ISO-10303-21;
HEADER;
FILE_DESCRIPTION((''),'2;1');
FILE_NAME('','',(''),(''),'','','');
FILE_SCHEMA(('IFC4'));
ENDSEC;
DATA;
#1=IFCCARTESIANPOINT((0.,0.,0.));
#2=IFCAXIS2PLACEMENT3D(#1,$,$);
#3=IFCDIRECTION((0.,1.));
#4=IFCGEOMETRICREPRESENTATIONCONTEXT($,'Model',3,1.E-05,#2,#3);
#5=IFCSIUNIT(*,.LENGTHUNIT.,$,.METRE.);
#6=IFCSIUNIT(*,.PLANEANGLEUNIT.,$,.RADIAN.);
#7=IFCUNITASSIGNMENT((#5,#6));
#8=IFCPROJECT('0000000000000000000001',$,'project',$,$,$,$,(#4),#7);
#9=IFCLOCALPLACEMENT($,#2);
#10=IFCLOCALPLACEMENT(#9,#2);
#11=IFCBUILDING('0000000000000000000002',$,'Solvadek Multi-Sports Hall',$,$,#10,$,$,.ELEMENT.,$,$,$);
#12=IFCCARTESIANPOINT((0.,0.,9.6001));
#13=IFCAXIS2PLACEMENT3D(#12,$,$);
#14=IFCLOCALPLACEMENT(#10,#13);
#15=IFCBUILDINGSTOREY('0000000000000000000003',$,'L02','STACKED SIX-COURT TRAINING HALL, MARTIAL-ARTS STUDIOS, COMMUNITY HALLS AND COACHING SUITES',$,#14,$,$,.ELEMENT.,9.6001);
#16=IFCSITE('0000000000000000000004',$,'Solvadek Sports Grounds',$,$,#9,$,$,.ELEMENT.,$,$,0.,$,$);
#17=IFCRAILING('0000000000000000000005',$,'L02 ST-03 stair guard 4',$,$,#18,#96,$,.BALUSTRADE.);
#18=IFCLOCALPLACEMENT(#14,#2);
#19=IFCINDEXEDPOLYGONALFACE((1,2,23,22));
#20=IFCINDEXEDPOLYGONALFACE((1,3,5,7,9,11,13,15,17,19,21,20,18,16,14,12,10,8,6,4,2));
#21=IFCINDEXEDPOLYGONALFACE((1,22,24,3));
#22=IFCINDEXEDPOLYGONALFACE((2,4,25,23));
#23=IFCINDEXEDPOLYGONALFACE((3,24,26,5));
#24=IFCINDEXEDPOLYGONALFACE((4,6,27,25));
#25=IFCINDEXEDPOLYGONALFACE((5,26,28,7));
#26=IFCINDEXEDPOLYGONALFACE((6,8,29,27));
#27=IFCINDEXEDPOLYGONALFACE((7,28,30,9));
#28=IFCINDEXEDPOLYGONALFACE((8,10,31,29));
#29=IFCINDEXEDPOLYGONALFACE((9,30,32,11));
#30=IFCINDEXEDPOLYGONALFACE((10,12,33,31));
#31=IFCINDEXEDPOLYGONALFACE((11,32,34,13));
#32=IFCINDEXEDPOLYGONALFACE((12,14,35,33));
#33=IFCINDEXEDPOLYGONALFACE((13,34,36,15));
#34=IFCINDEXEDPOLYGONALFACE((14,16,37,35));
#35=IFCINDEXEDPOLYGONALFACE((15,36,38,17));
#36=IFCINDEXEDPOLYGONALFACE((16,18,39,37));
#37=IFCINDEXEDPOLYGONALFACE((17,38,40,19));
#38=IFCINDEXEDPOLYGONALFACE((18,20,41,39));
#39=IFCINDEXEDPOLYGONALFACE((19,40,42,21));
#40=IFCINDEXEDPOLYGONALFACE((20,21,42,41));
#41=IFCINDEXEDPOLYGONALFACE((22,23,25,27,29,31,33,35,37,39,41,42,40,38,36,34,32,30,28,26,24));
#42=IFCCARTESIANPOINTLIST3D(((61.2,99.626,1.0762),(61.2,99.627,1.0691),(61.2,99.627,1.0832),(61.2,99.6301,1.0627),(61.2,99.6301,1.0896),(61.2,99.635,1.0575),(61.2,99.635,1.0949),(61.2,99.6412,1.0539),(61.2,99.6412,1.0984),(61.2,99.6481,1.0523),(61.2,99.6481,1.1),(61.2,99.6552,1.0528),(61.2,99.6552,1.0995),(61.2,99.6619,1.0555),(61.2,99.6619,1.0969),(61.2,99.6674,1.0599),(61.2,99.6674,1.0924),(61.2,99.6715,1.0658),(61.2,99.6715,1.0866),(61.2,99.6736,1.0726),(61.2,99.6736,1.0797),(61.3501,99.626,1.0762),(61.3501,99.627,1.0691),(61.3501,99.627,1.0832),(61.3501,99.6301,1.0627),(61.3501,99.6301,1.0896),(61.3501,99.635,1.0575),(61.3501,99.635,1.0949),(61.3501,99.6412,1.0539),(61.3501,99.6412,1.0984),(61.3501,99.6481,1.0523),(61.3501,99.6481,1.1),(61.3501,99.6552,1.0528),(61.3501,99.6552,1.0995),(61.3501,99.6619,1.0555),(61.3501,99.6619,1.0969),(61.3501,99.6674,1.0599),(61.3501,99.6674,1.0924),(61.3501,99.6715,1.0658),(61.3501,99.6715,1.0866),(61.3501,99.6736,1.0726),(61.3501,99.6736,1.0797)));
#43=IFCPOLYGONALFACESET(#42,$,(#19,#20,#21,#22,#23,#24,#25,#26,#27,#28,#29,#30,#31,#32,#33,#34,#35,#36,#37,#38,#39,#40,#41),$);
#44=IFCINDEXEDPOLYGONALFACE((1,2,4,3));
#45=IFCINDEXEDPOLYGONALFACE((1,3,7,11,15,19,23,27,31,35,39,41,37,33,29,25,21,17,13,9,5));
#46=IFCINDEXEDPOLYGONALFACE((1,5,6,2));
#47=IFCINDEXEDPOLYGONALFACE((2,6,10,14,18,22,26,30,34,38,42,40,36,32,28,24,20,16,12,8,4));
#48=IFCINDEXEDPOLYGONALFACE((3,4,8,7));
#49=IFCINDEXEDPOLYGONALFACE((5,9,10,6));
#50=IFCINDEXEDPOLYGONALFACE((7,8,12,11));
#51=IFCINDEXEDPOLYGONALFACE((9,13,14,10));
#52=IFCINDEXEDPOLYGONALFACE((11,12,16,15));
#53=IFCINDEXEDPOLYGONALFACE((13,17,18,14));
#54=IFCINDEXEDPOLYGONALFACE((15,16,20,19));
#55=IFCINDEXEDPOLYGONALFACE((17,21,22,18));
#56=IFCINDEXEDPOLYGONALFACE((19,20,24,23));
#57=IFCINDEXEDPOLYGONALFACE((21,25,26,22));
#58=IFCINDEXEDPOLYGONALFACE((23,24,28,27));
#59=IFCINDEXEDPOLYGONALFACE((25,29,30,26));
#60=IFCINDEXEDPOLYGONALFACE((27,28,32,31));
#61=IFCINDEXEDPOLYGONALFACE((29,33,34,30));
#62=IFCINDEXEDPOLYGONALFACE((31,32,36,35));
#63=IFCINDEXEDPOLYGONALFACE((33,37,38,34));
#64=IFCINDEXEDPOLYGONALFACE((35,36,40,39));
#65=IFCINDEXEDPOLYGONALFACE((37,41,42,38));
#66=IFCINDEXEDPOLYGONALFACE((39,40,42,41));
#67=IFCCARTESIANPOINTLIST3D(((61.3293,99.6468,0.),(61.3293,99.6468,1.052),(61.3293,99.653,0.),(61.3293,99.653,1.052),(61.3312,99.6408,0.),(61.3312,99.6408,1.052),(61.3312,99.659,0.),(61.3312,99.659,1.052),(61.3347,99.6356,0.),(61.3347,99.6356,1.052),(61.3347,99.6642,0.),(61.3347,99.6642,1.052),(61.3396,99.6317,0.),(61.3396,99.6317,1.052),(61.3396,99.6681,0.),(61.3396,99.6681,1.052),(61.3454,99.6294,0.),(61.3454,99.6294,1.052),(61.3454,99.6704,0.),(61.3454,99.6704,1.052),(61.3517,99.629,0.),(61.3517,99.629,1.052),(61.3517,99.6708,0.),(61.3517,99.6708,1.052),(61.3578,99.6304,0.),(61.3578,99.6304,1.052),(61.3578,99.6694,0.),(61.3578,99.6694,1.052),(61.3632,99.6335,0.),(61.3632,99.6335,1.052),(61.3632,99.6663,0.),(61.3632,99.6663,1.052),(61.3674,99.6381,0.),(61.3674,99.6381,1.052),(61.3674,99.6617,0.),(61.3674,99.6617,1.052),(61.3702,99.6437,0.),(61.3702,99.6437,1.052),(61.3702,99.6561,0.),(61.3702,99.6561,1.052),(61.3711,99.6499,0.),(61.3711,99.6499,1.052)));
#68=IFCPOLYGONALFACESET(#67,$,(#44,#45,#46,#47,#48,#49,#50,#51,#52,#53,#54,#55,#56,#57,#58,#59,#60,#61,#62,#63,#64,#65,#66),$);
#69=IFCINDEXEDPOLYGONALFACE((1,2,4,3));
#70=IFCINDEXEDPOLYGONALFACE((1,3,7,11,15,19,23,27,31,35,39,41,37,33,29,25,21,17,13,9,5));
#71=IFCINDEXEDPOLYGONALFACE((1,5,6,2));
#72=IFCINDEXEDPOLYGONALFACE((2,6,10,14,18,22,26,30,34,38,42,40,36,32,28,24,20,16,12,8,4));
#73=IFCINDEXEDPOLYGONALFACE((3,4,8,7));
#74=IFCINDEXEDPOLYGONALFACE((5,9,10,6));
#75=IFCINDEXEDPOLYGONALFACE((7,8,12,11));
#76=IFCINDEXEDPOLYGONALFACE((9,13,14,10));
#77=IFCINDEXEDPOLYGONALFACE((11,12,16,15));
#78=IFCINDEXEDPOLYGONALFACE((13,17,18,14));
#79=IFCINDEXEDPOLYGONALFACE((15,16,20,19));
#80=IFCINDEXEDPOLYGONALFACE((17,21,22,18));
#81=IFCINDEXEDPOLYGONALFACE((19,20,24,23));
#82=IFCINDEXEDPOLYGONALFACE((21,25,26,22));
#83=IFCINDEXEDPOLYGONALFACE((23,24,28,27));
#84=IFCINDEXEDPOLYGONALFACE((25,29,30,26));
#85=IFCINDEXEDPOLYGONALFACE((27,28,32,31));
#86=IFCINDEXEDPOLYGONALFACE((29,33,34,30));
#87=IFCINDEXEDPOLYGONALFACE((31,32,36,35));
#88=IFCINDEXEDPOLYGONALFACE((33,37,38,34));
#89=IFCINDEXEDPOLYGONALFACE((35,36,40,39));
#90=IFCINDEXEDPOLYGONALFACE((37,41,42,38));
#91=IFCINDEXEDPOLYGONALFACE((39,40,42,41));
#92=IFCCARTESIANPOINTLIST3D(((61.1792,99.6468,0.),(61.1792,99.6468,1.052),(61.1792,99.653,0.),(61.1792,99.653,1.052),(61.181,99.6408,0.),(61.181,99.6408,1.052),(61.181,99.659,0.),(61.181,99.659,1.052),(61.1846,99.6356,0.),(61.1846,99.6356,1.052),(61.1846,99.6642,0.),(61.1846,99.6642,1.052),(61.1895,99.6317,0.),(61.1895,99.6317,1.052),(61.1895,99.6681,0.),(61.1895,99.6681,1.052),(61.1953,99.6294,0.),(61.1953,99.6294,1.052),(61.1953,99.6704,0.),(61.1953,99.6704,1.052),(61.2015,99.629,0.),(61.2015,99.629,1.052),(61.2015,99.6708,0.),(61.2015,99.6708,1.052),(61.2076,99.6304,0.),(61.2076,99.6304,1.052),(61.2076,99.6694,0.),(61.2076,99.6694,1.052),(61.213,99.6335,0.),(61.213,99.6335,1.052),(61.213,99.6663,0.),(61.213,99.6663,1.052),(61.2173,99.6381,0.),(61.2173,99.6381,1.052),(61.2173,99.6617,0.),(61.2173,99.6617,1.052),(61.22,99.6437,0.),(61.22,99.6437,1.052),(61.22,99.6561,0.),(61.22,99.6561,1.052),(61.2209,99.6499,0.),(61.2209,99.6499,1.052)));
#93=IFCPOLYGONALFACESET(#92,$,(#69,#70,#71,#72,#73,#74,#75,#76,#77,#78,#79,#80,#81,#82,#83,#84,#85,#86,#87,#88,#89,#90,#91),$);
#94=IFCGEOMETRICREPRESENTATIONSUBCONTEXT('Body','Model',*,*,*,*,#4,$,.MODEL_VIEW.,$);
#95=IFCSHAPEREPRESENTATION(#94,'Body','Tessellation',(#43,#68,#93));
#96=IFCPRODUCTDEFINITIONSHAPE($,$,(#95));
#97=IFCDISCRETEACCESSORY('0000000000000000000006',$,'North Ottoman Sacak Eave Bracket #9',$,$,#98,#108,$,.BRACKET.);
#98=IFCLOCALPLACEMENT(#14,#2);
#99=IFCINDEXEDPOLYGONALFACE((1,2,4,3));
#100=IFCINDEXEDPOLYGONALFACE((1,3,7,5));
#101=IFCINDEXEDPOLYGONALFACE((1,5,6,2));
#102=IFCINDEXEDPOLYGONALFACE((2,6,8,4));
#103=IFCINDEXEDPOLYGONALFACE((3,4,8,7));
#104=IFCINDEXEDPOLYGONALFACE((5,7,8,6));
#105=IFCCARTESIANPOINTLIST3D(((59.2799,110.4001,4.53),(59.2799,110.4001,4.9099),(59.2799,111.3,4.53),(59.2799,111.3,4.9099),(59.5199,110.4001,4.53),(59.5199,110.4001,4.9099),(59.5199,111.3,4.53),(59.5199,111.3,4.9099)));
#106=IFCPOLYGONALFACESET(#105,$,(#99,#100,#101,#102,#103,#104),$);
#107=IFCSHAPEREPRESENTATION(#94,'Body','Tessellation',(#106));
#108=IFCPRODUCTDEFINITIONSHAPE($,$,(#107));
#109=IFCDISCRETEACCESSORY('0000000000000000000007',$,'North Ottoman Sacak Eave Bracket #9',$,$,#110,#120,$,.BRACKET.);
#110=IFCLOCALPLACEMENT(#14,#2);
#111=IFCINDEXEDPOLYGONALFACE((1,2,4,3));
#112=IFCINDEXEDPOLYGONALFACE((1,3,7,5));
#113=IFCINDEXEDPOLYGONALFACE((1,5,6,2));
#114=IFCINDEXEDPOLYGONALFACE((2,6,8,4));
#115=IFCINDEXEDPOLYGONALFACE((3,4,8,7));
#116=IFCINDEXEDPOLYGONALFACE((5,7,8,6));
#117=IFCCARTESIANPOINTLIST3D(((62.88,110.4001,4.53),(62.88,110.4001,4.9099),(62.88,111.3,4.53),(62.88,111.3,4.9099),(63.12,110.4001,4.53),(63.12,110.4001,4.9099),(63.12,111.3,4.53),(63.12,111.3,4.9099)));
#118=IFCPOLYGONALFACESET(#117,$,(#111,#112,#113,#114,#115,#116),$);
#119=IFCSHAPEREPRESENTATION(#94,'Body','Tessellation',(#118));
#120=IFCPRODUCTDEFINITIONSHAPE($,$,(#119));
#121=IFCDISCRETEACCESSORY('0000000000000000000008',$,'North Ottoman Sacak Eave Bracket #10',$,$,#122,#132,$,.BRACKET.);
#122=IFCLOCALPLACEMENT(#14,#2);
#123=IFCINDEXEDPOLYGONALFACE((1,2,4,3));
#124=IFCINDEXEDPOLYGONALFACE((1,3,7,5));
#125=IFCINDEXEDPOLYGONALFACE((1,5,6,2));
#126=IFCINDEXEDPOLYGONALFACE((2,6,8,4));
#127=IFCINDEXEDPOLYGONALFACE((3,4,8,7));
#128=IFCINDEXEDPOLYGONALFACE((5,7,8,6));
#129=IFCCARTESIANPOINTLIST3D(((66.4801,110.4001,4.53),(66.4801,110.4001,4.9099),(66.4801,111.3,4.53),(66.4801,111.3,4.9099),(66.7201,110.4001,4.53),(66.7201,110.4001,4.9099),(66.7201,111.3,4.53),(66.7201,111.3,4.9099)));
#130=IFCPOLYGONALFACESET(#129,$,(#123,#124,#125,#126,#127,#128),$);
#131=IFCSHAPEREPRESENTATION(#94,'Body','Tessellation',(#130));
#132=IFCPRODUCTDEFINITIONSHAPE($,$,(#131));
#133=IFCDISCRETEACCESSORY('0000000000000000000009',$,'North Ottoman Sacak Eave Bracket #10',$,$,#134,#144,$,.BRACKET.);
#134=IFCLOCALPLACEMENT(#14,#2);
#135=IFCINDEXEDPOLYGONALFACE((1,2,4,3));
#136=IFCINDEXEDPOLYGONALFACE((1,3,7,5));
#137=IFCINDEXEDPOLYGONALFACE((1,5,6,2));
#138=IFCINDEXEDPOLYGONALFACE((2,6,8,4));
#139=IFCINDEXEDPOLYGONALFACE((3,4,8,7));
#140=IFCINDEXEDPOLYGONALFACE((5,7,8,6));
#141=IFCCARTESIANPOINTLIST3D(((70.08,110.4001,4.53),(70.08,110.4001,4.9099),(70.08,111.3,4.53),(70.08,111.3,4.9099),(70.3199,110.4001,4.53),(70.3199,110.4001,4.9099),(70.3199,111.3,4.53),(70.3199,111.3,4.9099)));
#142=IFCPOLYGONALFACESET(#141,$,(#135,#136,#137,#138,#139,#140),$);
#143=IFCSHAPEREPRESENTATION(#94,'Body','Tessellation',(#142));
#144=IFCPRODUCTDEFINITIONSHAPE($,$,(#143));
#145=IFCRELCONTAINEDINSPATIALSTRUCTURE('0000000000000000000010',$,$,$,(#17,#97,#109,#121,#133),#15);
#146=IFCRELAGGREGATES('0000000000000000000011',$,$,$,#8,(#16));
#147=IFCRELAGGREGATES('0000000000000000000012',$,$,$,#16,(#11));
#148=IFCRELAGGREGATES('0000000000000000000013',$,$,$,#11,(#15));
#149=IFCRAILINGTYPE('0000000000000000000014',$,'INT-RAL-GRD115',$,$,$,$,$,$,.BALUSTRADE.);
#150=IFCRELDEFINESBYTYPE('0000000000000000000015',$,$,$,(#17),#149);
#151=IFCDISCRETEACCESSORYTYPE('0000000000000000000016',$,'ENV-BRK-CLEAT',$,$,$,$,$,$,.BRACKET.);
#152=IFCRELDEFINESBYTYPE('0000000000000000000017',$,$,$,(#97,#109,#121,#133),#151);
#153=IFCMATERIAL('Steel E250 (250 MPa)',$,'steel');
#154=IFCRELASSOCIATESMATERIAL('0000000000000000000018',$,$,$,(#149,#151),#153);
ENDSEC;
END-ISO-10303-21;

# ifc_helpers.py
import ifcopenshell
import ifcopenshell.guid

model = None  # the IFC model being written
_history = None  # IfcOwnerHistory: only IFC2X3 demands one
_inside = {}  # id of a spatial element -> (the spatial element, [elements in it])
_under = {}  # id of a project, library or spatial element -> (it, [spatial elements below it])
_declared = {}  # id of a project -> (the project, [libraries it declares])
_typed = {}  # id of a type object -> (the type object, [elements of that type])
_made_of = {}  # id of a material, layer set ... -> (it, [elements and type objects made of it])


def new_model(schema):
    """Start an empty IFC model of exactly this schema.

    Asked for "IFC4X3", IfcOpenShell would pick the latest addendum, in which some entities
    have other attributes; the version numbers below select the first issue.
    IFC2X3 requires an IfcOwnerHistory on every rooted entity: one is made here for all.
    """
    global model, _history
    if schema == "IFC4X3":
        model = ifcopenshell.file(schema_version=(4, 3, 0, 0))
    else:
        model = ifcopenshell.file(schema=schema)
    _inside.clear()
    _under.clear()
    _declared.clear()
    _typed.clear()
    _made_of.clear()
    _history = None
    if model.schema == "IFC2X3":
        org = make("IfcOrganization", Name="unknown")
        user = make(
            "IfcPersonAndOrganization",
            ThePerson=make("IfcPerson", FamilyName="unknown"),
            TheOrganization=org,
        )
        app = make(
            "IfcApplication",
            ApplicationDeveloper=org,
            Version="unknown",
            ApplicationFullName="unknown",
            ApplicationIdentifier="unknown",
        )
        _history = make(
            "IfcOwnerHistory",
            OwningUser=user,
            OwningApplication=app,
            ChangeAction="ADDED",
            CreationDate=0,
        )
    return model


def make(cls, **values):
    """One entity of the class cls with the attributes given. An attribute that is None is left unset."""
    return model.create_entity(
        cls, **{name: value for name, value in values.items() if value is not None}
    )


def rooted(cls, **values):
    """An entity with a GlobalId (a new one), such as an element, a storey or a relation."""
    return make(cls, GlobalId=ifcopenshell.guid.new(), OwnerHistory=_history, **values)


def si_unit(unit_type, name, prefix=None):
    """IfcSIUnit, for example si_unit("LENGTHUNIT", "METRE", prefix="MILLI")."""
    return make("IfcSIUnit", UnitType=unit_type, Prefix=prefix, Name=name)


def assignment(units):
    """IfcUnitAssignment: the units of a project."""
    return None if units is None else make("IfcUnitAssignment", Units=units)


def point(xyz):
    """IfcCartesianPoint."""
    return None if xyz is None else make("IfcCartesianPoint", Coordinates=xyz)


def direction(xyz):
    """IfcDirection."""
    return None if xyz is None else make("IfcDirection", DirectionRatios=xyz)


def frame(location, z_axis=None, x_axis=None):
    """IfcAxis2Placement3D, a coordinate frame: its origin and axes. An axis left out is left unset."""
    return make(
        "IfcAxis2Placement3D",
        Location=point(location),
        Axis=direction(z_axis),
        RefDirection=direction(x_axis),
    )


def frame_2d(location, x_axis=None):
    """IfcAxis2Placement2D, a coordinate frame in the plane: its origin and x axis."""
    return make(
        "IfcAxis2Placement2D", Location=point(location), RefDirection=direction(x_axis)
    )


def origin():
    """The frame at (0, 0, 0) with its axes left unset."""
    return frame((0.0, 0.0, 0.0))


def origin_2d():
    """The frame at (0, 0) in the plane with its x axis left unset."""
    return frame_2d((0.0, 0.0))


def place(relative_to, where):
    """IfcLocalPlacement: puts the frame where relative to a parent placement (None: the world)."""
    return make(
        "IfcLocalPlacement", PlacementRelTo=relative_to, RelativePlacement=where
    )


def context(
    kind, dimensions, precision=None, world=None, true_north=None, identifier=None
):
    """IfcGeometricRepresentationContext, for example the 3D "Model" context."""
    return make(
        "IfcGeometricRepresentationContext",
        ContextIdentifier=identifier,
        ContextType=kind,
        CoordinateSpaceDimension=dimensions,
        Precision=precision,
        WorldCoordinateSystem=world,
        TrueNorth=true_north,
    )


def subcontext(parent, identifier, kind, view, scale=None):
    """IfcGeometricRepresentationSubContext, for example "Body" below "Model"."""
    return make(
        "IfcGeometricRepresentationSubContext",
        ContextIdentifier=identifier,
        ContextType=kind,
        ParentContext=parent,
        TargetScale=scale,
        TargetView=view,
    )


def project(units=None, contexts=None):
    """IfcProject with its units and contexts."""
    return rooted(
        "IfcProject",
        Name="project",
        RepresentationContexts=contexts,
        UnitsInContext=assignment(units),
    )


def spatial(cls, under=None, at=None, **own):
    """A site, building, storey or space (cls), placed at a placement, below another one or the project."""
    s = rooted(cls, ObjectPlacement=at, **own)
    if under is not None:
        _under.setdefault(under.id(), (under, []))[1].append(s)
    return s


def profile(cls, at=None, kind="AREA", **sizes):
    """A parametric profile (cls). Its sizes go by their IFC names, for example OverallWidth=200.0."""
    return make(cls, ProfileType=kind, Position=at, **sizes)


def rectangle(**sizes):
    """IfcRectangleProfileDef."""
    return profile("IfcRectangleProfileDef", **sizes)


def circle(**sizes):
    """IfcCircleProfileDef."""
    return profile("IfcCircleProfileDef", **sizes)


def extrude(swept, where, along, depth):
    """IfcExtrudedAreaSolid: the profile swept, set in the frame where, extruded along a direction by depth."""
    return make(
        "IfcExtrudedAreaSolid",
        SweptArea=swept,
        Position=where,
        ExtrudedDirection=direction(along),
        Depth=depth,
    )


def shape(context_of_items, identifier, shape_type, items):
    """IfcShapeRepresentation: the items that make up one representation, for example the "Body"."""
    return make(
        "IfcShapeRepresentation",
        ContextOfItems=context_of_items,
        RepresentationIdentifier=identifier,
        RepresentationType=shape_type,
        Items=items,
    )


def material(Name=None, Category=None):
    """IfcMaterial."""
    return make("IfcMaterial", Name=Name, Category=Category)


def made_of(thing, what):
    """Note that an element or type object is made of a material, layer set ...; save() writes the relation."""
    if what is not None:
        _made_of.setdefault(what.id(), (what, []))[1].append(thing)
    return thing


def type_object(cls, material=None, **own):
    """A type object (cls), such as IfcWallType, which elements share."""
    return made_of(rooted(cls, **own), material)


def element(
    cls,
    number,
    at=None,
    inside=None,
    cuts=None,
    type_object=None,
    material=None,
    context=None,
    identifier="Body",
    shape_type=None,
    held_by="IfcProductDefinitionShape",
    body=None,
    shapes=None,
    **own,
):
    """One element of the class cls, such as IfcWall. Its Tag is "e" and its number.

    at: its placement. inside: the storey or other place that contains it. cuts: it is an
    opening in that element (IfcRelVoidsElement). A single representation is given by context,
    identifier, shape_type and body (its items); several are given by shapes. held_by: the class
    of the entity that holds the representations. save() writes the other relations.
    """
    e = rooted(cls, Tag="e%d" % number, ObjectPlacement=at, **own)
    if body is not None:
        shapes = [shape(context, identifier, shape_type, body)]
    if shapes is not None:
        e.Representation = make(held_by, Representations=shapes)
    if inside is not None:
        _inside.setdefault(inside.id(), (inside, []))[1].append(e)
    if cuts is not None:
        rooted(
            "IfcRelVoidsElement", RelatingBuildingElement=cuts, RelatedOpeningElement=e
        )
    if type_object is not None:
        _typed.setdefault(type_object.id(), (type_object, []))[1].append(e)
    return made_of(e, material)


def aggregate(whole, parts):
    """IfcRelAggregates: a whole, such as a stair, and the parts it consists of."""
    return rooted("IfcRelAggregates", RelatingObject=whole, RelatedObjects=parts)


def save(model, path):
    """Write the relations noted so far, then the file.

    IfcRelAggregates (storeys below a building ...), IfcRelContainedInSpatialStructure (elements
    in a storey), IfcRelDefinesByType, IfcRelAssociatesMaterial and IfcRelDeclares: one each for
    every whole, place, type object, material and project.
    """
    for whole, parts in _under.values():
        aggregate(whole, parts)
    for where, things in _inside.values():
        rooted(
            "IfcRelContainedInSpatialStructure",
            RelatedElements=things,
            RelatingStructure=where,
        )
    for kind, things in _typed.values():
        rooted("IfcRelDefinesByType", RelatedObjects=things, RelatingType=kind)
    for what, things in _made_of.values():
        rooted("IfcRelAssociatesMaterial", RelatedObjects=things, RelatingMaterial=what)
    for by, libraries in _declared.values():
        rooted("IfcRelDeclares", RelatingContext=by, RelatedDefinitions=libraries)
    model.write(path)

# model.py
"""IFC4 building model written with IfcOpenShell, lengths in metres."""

from ifc_helpers import new_model, si_unit, direction, frame, origin, origin_2d, place, context, subcontext, project, spatial, rectangle, circle, extrude, material, type_object, element, save


model = new_model("IFC4")

# Units and contexts
model_context = context("Model", 3, precision=1e-05, world=origin(), true_north=direction((0.0, 1.0)))
body_context = subcontext(model_context, "Body", "Model", "MODEL_VIEW")
ifc_project = project(units=[si_unit("LENGTHUNIT", "METRE"), si_unit("PLANEANGLEUNIT", "RADIAN")], contexts=[model_context])

# Site, building, storey
site_placement = place(None, origin())
site = spatial("IfcSite", under=ifc_project, at=site_placement, Name="Solvadek Sports Grounds", CompositionType="ELEMENT", RefElevation=0.0)
building_placement = place(site_placement, origin())
building = spatial("IfcBuilding", under=site, at=building_placement, Name="Solvadek Multi-Sports Hall", CompositionType="ELEMENT")
storey_placement = place(building_placement, frame((0.0, 0.0, 9.6001)))
storey = spatial("IfcBuildingStorey", under=building, at=storey_placement, Name="L02", Description="STACKED SIX-COURT TRAINING HALL, MARTIAL-ARTS STUDIOS, COMMUNITY HALLS AND COACHING SUITES", CompositionType="ELEMENT", Elevation=9.6001)

# Shared definitions
ifc_material_1 = material(Name="Steel E250 (250 MPa)", Category="steel")

# Railing
railing_type_1 = type_object("IfcRailingType", Name="INT-RAL-GRD115", PredefinedType="BALUSTRADE", material=ifc_material_1)
railing_1_placement = place(storey_placement, frame((61.3501, 99.6499, 0.0)))
element("IfcRailing", 1, at=railing_1_placement, inside=storey, type_object=railing_type_1, Name="L02 ST-03 stair guard 4", PredefinedType="BALUSTRADE", context=body_context, shape_type="SweptSolid", body=[
    extrude(circle(Radius=0.0239, at=origin_2d()), frame((0.0, 0.0, 1.0762), z_axis=(-1.0, 0.0, 0.0), x_axis=(0.0, -1.0, 0.0)), (0.0, 0.0, 1.0), 0.1501),
    extrude(circle(Radius=0.021, at=origin_2d()), origin(), (0.0, 0.0, 1.0), 1.052),
    extrude(circle(Radius=0.021, at=origin_2d()), frame((-0.1501, 0.0, 0.0)), (0.0, 0.0, 1.0), 1.052),
])

# Discrete accessories
discrete_accessory_type = type_object("IfcDiscreteAccessoryType", Name="ENV-BRK-CLEAT", PredefinedType="BRACKET", material=ifc_material_1)
for number, where, z_axis, x_axis, name in (
    (2, (59.3999, 110.8501, 4.53), (0.0, 0.0, 1.0), (1.0, 0.0, 0.0), "North Ottoman Sacak Eave Bracket #9"),
    (3, (63.0, 110.8501, 4.53), (0.0, 0.0, 1.0), (1.0, 0.0, 0.0), "North Ottoman Sacak Eave Bracket #9"),
    (4, (66.6001, 110.8501, 4.53), (0.0, 0.0, 1.0), (1.0, 0.0, 0.0), "North Ottoman Sacak Eave Bracket #10"),
    (5, (70.2, 110.8501, 4.53), (0.0, 0.0, 1.0), (1.0, 0.0, 0.0), "North Ottoman Sacak Eave Bracket #10"),
):
    element("IfcDiscreteAccessory", number, at=place(storey_placement, frame(where, z_axis=z_axis, x_axis=x_axis)), inside=storey, type_object=discrete_accessory_type, Name=name, PredefinedType="BRACKET", context=body_context, shape_type="SweptSolid", body=[
        extrude(rectangle(XDim=0.24, YDim=0.8999, at=origin_2d()), origin(), (0.0, 0.0, 1.0), 0.3799),
    ])

save(model, "model.ifc")
